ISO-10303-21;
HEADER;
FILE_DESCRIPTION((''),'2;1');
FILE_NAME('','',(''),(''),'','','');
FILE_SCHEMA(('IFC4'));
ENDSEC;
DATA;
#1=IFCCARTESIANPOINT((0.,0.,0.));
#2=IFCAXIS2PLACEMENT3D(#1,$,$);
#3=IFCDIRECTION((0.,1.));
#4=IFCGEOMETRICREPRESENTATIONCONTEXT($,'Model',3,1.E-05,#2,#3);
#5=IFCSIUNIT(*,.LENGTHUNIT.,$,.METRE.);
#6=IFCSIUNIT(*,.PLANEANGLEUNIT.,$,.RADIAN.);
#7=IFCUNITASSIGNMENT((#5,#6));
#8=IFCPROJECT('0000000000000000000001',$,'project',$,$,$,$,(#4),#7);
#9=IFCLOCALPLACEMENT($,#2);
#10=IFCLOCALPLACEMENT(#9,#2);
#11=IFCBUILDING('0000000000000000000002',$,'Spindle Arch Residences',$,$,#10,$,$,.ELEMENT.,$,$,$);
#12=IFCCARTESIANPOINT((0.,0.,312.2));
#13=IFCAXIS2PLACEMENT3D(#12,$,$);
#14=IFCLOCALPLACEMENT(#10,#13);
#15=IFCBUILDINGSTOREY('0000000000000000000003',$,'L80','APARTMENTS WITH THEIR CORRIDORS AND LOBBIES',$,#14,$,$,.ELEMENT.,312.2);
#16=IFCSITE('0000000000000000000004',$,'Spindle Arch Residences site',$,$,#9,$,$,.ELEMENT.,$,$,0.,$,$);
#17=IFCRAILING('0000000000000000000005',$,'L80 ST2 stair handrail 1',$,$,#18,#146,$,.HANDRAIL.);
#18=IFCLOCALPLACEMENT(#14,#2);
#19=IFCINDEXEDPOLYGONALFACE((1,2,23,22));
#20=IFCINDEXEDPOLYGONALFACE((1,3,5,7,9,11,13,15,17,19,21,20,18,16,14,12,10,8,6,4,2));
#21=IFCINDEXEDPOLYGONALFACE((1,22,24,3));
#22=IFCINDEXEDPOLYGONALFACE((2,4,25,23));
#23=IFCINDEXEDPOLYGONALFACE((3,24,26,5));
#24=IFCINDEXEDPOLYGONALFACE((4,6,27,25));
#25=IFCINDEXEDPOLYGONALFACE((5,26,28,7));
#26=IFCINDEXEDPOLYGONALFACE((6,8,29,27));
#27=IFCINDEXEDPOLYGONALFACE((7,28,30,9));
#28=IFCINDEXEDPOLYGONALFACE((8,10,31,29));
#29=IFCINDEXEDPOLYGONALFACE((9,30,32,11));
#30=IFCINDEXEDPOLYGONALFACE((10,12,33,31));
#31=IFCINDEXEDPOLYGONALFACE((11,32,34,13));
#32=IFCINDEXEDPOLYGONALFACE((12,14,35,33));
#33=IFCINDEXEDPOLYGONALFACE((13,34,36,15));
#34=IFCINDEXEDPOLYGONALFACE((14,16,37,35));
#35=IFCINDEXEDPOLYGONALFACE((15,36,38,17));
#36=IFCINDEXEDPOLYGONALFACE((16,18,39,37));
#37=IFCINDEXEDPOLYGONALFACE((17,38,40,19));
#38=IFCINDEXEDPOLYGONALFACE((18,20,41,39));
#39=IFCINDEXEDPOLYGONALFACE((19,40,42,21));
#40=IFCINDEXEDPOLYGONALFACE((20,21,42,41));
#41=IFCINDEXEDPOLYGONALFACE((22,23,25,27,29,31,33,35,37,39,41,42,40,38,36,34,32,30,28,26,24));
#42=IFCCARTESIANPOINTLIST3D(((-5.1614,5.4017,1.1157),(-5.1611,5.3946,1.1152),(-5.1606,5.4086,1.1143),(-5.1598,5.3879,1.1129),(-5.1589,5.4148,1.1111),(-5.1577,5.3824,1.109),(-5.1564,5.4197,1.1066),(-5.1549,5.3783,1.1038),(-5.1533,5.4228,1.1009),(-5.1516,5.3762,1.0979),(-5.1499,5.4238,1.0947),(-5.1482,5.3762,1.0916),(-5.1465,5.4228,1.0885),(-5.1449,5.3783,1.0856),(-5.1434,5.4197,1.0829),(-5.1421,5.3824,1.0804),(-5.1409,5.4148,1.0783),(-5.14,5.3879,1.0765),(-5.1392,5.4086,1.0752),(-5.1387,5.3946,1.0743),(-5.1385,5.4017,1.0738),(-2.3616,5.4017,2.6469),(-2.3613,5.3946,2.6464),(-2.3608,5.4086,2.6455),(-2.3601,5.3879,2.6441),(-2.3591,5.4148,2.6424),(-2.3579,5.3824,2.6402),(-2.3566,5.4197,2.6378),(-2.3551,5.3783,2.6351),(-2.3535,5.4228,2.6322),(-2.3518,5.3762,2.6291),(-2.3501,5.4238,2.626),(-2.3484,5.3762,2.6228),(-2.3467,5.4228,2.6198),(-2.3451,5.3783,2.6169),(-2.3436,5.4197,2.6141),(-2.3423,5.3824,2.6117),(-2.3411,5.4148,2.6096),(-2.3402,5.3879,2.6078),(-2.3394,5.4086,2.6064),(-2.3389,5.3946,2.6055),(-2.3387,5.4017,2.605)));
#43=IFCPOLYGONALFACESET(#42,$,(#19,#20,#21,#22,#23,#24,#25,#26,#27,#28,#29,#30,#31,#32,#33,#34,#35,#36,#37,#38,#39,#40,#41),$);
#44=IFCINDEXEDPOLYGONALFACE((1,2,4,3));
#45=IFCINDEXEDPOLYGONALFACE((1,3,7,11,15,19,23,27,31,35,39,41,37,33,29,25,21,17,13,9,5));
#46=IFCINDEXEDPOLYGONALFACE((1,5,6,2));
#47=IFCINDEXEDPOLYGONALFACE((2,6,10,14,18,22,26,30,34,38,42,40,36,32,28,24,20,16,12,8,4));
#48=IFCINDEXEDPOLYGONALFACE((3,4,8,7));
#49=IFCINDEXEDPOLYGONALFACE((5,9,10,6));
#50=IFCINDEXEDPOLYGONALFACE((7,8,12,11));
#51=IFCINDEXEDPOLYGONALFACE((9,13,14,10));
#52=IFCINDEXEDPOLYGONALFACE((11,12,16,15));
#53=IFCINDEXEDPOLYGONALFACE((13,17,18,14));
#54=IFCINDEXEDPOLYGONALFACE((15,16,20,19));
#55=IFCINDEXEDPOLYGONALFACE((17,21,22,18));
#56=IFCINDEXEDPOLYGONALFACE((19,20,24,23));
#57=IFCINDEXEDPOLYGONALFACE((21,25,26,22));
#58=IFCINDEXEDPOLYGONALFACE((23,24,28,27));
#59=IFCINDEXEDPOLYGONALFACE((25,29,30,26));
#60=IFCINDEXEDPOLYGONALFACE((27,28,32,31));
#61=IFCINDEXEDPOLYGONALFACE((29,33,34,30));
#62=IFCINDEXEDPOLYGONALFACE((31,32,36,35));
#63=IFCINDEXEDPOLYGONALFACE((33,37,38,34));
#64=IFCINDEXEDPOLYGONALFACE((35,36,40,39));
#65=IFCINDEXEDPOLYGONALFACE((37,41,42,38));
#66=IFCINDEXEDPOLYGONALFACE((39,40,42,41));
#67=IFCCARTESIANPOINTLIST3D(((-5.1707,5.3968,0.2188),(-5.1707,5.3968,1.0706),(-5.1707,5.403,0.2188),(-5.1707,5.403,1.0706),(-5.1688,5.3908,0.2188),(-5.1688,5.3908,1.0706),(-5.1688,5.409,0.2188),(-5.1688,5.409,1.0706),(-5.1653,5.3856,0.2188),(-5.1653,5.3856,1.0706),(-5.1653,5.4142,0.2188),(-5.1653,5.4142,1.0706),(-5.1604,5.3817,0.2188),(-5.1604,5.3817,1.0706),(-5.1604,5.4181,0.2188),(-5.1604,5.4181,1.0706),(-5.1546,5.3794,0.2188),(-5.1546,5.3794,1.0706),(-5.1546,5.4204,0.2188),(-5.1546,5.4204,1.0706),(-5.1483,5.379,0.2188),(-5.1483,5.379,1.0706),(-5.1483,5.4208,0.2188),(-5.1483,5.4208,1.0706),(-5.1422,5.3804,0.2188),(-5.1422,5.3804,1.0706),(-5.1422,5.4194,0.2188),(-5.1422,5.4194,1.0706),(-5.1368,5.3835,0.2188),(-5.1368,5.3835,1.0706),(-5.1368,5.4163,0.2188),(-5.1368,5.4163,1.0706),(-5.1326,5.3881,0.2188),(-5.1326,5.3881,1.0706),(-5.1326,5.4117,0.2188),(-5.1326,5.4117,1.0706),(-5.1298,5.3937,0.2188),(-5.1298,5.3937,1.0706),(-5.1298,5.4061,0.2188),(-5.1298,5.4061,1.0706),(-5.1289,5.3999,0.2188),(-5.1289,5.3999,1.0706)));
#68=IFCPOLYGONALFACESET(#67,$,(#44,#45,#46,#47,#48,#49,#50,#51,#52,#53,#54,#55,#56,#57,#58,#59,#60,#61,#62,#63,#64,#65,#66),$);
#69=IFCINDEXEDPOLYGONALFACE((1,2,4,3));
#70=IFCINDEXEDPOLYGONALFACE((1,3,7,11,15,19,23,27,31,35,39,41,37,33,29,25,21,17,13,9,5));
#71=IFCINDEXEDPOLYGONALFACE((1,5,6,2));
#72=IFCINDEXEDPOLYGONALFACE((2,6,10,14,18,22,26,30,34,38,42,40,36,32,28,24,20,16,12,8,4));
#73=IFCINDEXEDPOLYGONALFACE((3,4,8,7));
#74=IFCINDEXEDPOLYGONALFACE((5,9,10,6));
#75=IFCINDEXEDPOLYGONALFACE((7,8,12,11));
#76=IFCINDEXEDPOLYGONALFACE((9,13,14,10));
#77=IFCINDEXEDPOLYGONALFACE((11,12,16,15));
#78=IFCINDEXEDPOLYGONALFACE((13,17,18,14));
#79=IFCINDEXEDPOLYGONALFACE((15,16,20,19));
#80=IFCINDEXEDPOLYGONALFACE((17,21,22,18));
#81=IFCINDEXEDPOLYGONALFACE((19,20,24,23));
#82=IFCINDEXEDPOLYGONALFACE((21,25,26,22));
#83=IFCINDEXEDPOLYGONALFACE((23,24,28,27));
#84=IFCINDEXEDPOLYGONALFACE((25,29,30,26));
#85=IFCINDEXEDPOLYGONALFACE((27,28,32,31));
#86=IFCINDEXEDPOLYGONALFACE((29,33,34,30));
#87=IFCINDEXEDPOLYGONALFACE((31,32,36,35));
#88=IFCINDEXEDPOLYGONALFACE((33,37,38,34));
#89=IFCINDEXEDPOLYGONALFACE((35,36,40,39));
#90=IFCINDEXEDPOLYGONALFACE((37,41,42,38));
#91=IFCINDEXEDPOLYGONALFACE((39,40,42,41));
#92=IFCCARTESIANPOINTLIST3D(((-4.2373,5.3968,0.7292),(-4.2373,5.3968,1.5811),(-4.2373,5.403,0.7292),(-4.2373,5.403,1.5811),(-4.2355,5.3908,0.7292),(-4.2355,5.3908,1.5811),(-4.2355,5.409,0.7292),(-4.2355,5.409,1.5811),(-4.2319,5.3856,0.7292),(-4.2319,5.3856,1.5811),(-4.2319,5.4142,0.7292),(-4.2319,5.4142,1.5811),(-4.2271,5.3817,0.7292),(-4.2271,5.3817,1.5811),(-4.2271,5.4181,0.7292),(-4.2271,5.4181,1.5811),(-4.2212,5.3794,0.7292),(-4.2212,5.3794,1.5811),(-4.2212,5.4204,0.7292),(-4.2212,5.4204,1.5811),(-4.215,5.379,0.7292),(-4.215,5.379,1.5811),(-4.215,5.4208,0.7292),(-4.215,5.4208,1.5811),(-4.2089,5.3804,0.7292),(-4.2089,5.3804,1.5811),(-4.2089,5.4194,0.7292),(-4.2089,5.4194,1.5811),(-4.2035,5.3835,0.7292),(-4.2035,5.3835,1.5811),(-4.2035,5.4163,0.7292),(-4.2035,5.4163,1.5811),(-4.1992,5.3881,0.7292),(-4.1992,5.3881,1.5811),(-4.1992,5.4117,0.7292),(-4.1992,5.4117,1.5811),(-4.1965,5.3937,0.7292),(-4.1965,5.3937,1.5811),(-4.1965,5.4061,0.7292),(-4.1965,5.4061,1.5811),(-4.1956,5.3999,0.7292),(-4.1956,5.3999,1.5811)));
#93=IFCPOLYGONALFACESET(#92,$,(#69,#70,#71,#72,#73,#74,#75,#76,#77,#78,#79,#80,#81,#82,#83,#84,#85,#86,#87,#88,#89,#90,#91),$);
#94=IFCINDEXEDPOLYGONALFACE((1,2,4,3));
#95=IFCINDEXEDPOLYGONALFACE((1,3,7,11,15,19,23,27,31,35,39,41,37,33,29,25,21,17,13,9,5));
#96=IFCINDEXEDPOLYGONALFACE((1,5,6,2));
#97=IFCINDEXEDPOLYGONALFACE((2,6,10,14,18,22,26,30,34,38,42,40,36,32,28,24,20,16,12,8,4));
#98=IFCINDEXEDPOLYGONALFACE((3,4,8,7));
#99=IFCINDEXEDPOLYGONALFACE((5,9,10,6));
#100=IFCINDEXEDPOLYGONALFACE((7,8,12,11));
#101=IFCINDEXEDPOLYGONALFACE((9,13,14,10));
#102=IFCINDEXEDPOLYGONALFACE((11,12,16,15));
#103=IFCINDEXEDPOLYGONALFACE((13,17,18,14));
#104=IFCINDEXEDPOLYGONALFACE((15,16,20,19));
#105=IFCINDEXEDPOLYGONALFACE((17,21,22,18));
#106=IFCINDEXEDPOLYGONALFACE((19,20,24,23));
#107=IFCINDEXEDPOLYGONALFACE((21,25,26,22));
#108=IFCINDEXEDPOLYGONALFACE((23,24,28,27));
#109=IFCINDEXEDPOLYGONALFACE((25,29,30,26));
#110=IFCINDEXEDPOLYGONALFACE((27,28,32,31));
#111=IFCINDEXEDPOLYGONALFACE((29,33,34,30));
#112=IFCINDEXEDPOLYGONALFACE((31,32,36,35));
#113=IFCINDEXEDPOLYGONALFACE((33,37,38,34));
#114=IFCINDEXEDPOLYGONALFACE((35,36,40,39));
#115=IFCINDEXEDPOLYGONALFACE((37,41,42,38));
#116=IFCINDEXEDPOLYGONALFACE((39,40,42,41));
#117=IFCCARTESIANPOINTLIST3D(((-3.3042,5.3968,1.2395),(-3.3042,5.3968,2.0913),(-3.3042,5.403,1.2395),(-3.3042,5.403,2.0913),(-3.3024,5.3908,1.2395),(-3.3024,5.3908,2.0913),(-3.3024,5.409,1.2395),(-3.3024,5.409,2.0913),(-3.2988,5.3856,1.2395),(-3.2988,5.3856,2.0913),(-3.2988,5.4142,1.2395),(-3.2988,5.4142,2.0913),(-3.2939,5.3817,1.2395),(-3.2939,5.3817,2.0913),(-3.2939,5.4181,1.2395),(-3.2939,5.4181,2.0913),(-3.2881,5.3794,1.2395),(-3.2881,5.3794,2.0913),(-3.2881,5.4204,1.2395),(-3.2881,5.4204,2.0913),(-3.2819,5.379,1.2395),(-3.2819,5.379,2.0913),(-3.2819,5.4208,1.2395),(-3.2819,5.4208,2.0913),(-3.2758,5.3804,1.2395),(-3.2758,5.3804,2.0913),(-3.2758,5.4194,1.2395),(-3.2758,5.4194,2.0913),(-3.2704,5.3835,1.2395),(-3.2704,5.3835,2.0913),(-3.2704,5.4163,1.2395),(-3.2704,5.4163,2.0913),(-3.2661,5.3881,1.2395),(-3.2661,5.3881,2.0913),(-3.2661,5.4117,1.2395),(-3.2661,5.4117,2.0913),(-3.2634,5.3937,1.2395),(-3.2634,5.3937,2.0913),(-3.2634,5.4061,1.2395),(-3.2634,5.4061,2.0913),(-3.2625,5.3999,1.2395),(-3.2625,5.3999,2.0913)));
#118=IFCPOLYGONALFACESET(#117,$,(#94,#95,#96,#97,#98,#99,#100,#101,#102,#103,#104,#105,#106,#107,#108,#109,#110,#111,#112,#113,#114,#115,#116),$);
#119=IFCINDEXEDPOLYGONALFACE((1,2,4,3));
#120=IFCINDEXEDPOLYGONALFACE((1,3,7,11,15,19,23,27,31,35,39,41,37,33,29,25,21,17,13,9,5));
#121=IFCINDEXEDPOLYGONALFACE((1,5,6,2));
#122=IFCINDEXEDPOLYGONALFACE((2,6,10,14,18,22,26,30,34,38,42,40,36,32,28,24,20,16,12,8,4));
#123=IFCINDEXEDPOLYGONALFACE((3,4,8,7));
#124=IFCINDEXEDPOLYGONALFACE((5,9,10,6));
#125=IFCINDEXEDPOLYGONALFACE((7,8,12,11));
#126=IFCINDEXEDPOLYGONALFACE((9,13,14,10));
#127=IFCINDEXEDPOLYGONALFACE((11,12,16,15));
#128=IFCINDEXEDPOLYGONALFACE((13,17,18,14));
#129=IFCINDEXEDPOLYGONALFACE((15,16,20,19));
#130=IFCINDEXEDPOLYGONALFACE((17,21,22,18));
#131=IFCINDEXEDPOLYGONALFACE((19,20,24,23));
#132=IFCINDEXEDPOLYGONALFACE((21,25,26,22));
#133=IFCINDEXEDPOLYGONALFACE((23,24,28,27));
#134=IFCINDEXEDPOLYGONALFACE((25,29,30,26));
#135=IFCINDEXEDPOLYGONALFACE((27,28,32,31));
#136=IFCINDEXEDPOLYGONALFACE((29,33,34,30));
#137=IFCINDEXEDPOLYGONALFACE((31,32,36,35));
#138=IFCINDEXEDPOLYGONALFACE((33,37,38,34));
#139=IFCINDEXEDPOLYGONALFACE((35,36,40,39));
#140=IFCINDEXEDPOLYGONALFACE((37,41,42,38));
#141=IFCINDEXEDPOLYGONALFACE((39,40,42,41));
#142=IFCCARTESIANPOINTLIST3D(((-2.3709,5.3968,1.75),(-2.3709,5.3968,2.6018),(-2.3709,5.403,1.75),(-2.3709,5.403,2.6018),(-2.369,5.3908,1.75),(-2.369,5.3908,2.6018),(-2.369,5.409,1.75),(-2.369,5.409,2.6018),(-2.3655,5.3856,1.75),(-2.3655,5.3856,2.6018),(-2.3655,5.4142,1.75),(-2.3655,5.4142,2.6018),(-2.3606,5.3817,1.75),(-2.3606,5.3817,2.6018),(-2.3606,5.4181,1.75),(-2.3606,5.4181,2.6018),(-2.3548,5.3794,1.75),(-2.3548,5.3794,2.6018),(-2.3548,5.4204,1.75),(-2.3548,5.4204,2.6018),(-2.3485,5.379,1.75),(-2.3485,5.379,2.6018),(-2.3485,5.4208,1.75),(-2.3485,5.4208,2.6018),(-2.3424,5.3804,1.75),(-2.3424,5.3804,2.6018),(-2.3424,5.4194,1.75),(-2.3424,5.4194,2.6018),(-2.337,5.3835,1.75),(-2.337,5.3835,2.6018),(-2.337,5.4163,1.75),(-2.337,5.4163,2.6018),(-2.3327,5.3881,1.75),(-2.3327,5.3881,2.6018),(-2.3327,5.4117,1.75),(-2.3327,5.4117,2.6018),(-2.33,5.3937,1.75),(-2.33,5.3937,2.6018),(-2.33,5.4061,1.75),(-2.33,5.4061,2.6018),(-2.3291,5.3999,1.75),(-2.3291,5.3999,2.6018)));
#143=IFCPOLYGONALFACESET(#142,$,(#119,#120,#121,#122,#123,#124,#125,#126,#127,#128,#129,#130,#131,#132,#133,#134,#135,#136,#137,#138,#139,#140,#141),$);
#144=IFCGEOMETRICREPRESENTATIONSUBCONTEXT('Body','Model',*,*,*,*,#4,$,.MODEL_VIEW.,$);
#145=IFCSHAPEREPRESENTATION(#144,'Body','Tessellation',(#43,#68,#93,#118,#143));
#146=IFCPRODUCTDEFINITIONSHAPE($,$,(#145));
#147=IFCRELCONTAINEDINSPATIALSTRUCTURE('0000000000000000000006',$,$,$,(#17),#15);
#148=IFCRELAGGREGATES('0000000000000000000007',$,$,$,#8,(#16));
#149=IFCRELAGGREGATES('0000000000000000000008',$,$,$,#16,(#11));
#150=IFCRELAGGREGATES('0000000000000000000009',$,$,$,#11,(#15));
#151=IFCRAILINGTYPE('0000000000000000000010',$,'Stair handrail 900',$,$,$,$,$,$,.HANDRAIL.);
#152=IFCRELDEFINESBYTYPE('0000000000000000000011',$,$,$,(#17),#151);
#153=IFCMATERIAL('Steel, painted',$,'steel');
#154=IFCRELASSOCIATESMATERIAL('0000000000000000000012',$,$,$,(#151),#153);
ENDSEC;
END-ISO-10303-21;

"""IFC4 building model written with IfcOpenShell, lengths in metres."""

from ifc_helpers import new_model, si_unit, direction, frame, origin, origin_2d, place, context, subcontext, project, spatial, circle, extrude, material, type_object, element, save


model = new_model("IFC4")

# Units and contexts
model_context = context("Model", 3, precision=1e-05, world=origin(), true_north=direction((0.0, 1.0)))
body_context = subcontext(model_context, "Body", "Model", "MODEL_VIEW")
ifc_project = project(units=[si_unit("LENGTHUNIT", "METRE"), si_unit("PLANEANGLEUNIT", "RADIAN")], contexts=[model_context])

# Site, building, storey
site_placement = place(None, origin())
site = spatial("IfcSite", under=ifc_project, at=site_placement, Name="Spindle Arch Residences site", CompositionType="ELEMENT", RefElevation=0.0)
building_placement = place(site_placement, origin())
building = spatial("IfcBuilding", under=site, at=building_placement, Name="Spindle Arch Residences", CompositionType="ELEMENT")
storey_placement = place(building_placement, frame((0.0, 0.0, 312.2)))
storey = spatial("IfcBuildingStorey", under=building, at=storey_placement, Name="L80", Description="APARTMENTS WITH THEIR CORRIDORS AND LOBBIES", CompositionType="ELEMENT", Elevation=312.2)

# Railing
ifc_material_1 = material(Name="Steel, painted", Category="steel")
railing_type_1 = type_object("IfcRailingType", Name="Stair handrail 900", PredefinedType="HANDRAIL", material=ifc_material_1)
railing_1_placement = place(storey_placement, frame((-5.1499, 5.3999, 0.2188)))
element("IfcRailing", 1, at=railing_1_placement, inside=storey, type_object=railing_type_1, Name="L80 ST2 stair handrail 1", PredefinedType="HANDRAIL", context=body_context, shape_type="SweptSolid", body=[
    extrude(circle(Radius=0.0239, at=origin_2d()), frame((0.0, 0.0, 0.876), z_axis=(0.877357, 0.0, 0.479838), x_axis=(0.0, 1.0, 0.0)), (0.0, 0.0, 1.0), 3.1912),
    extrude(circle(Radius=0.021, at=origin_2d()), origin(), (0.0, 0.0, 1.0), 0.8518),
    extrude(circle(Radius=0.021, at=origin_2d()), frame((0.9333, 0.0, 0.5105)), (0.0, 0.0, 1.0), 0.8518),
    extrude(circle(Radius=0.021, at=origin_2d()), frame((1.8665, 0.0, 1.0208)), (0.0, 0.0, 1.0), 0.8518),
    extrude(circle(Radius=0.021, at=origin_2d()), frame((2.7998, 0.0, 1.5312)), (0.0, 0.0, 1.0), 0.8518),
])

save(model, "model.ifc")
